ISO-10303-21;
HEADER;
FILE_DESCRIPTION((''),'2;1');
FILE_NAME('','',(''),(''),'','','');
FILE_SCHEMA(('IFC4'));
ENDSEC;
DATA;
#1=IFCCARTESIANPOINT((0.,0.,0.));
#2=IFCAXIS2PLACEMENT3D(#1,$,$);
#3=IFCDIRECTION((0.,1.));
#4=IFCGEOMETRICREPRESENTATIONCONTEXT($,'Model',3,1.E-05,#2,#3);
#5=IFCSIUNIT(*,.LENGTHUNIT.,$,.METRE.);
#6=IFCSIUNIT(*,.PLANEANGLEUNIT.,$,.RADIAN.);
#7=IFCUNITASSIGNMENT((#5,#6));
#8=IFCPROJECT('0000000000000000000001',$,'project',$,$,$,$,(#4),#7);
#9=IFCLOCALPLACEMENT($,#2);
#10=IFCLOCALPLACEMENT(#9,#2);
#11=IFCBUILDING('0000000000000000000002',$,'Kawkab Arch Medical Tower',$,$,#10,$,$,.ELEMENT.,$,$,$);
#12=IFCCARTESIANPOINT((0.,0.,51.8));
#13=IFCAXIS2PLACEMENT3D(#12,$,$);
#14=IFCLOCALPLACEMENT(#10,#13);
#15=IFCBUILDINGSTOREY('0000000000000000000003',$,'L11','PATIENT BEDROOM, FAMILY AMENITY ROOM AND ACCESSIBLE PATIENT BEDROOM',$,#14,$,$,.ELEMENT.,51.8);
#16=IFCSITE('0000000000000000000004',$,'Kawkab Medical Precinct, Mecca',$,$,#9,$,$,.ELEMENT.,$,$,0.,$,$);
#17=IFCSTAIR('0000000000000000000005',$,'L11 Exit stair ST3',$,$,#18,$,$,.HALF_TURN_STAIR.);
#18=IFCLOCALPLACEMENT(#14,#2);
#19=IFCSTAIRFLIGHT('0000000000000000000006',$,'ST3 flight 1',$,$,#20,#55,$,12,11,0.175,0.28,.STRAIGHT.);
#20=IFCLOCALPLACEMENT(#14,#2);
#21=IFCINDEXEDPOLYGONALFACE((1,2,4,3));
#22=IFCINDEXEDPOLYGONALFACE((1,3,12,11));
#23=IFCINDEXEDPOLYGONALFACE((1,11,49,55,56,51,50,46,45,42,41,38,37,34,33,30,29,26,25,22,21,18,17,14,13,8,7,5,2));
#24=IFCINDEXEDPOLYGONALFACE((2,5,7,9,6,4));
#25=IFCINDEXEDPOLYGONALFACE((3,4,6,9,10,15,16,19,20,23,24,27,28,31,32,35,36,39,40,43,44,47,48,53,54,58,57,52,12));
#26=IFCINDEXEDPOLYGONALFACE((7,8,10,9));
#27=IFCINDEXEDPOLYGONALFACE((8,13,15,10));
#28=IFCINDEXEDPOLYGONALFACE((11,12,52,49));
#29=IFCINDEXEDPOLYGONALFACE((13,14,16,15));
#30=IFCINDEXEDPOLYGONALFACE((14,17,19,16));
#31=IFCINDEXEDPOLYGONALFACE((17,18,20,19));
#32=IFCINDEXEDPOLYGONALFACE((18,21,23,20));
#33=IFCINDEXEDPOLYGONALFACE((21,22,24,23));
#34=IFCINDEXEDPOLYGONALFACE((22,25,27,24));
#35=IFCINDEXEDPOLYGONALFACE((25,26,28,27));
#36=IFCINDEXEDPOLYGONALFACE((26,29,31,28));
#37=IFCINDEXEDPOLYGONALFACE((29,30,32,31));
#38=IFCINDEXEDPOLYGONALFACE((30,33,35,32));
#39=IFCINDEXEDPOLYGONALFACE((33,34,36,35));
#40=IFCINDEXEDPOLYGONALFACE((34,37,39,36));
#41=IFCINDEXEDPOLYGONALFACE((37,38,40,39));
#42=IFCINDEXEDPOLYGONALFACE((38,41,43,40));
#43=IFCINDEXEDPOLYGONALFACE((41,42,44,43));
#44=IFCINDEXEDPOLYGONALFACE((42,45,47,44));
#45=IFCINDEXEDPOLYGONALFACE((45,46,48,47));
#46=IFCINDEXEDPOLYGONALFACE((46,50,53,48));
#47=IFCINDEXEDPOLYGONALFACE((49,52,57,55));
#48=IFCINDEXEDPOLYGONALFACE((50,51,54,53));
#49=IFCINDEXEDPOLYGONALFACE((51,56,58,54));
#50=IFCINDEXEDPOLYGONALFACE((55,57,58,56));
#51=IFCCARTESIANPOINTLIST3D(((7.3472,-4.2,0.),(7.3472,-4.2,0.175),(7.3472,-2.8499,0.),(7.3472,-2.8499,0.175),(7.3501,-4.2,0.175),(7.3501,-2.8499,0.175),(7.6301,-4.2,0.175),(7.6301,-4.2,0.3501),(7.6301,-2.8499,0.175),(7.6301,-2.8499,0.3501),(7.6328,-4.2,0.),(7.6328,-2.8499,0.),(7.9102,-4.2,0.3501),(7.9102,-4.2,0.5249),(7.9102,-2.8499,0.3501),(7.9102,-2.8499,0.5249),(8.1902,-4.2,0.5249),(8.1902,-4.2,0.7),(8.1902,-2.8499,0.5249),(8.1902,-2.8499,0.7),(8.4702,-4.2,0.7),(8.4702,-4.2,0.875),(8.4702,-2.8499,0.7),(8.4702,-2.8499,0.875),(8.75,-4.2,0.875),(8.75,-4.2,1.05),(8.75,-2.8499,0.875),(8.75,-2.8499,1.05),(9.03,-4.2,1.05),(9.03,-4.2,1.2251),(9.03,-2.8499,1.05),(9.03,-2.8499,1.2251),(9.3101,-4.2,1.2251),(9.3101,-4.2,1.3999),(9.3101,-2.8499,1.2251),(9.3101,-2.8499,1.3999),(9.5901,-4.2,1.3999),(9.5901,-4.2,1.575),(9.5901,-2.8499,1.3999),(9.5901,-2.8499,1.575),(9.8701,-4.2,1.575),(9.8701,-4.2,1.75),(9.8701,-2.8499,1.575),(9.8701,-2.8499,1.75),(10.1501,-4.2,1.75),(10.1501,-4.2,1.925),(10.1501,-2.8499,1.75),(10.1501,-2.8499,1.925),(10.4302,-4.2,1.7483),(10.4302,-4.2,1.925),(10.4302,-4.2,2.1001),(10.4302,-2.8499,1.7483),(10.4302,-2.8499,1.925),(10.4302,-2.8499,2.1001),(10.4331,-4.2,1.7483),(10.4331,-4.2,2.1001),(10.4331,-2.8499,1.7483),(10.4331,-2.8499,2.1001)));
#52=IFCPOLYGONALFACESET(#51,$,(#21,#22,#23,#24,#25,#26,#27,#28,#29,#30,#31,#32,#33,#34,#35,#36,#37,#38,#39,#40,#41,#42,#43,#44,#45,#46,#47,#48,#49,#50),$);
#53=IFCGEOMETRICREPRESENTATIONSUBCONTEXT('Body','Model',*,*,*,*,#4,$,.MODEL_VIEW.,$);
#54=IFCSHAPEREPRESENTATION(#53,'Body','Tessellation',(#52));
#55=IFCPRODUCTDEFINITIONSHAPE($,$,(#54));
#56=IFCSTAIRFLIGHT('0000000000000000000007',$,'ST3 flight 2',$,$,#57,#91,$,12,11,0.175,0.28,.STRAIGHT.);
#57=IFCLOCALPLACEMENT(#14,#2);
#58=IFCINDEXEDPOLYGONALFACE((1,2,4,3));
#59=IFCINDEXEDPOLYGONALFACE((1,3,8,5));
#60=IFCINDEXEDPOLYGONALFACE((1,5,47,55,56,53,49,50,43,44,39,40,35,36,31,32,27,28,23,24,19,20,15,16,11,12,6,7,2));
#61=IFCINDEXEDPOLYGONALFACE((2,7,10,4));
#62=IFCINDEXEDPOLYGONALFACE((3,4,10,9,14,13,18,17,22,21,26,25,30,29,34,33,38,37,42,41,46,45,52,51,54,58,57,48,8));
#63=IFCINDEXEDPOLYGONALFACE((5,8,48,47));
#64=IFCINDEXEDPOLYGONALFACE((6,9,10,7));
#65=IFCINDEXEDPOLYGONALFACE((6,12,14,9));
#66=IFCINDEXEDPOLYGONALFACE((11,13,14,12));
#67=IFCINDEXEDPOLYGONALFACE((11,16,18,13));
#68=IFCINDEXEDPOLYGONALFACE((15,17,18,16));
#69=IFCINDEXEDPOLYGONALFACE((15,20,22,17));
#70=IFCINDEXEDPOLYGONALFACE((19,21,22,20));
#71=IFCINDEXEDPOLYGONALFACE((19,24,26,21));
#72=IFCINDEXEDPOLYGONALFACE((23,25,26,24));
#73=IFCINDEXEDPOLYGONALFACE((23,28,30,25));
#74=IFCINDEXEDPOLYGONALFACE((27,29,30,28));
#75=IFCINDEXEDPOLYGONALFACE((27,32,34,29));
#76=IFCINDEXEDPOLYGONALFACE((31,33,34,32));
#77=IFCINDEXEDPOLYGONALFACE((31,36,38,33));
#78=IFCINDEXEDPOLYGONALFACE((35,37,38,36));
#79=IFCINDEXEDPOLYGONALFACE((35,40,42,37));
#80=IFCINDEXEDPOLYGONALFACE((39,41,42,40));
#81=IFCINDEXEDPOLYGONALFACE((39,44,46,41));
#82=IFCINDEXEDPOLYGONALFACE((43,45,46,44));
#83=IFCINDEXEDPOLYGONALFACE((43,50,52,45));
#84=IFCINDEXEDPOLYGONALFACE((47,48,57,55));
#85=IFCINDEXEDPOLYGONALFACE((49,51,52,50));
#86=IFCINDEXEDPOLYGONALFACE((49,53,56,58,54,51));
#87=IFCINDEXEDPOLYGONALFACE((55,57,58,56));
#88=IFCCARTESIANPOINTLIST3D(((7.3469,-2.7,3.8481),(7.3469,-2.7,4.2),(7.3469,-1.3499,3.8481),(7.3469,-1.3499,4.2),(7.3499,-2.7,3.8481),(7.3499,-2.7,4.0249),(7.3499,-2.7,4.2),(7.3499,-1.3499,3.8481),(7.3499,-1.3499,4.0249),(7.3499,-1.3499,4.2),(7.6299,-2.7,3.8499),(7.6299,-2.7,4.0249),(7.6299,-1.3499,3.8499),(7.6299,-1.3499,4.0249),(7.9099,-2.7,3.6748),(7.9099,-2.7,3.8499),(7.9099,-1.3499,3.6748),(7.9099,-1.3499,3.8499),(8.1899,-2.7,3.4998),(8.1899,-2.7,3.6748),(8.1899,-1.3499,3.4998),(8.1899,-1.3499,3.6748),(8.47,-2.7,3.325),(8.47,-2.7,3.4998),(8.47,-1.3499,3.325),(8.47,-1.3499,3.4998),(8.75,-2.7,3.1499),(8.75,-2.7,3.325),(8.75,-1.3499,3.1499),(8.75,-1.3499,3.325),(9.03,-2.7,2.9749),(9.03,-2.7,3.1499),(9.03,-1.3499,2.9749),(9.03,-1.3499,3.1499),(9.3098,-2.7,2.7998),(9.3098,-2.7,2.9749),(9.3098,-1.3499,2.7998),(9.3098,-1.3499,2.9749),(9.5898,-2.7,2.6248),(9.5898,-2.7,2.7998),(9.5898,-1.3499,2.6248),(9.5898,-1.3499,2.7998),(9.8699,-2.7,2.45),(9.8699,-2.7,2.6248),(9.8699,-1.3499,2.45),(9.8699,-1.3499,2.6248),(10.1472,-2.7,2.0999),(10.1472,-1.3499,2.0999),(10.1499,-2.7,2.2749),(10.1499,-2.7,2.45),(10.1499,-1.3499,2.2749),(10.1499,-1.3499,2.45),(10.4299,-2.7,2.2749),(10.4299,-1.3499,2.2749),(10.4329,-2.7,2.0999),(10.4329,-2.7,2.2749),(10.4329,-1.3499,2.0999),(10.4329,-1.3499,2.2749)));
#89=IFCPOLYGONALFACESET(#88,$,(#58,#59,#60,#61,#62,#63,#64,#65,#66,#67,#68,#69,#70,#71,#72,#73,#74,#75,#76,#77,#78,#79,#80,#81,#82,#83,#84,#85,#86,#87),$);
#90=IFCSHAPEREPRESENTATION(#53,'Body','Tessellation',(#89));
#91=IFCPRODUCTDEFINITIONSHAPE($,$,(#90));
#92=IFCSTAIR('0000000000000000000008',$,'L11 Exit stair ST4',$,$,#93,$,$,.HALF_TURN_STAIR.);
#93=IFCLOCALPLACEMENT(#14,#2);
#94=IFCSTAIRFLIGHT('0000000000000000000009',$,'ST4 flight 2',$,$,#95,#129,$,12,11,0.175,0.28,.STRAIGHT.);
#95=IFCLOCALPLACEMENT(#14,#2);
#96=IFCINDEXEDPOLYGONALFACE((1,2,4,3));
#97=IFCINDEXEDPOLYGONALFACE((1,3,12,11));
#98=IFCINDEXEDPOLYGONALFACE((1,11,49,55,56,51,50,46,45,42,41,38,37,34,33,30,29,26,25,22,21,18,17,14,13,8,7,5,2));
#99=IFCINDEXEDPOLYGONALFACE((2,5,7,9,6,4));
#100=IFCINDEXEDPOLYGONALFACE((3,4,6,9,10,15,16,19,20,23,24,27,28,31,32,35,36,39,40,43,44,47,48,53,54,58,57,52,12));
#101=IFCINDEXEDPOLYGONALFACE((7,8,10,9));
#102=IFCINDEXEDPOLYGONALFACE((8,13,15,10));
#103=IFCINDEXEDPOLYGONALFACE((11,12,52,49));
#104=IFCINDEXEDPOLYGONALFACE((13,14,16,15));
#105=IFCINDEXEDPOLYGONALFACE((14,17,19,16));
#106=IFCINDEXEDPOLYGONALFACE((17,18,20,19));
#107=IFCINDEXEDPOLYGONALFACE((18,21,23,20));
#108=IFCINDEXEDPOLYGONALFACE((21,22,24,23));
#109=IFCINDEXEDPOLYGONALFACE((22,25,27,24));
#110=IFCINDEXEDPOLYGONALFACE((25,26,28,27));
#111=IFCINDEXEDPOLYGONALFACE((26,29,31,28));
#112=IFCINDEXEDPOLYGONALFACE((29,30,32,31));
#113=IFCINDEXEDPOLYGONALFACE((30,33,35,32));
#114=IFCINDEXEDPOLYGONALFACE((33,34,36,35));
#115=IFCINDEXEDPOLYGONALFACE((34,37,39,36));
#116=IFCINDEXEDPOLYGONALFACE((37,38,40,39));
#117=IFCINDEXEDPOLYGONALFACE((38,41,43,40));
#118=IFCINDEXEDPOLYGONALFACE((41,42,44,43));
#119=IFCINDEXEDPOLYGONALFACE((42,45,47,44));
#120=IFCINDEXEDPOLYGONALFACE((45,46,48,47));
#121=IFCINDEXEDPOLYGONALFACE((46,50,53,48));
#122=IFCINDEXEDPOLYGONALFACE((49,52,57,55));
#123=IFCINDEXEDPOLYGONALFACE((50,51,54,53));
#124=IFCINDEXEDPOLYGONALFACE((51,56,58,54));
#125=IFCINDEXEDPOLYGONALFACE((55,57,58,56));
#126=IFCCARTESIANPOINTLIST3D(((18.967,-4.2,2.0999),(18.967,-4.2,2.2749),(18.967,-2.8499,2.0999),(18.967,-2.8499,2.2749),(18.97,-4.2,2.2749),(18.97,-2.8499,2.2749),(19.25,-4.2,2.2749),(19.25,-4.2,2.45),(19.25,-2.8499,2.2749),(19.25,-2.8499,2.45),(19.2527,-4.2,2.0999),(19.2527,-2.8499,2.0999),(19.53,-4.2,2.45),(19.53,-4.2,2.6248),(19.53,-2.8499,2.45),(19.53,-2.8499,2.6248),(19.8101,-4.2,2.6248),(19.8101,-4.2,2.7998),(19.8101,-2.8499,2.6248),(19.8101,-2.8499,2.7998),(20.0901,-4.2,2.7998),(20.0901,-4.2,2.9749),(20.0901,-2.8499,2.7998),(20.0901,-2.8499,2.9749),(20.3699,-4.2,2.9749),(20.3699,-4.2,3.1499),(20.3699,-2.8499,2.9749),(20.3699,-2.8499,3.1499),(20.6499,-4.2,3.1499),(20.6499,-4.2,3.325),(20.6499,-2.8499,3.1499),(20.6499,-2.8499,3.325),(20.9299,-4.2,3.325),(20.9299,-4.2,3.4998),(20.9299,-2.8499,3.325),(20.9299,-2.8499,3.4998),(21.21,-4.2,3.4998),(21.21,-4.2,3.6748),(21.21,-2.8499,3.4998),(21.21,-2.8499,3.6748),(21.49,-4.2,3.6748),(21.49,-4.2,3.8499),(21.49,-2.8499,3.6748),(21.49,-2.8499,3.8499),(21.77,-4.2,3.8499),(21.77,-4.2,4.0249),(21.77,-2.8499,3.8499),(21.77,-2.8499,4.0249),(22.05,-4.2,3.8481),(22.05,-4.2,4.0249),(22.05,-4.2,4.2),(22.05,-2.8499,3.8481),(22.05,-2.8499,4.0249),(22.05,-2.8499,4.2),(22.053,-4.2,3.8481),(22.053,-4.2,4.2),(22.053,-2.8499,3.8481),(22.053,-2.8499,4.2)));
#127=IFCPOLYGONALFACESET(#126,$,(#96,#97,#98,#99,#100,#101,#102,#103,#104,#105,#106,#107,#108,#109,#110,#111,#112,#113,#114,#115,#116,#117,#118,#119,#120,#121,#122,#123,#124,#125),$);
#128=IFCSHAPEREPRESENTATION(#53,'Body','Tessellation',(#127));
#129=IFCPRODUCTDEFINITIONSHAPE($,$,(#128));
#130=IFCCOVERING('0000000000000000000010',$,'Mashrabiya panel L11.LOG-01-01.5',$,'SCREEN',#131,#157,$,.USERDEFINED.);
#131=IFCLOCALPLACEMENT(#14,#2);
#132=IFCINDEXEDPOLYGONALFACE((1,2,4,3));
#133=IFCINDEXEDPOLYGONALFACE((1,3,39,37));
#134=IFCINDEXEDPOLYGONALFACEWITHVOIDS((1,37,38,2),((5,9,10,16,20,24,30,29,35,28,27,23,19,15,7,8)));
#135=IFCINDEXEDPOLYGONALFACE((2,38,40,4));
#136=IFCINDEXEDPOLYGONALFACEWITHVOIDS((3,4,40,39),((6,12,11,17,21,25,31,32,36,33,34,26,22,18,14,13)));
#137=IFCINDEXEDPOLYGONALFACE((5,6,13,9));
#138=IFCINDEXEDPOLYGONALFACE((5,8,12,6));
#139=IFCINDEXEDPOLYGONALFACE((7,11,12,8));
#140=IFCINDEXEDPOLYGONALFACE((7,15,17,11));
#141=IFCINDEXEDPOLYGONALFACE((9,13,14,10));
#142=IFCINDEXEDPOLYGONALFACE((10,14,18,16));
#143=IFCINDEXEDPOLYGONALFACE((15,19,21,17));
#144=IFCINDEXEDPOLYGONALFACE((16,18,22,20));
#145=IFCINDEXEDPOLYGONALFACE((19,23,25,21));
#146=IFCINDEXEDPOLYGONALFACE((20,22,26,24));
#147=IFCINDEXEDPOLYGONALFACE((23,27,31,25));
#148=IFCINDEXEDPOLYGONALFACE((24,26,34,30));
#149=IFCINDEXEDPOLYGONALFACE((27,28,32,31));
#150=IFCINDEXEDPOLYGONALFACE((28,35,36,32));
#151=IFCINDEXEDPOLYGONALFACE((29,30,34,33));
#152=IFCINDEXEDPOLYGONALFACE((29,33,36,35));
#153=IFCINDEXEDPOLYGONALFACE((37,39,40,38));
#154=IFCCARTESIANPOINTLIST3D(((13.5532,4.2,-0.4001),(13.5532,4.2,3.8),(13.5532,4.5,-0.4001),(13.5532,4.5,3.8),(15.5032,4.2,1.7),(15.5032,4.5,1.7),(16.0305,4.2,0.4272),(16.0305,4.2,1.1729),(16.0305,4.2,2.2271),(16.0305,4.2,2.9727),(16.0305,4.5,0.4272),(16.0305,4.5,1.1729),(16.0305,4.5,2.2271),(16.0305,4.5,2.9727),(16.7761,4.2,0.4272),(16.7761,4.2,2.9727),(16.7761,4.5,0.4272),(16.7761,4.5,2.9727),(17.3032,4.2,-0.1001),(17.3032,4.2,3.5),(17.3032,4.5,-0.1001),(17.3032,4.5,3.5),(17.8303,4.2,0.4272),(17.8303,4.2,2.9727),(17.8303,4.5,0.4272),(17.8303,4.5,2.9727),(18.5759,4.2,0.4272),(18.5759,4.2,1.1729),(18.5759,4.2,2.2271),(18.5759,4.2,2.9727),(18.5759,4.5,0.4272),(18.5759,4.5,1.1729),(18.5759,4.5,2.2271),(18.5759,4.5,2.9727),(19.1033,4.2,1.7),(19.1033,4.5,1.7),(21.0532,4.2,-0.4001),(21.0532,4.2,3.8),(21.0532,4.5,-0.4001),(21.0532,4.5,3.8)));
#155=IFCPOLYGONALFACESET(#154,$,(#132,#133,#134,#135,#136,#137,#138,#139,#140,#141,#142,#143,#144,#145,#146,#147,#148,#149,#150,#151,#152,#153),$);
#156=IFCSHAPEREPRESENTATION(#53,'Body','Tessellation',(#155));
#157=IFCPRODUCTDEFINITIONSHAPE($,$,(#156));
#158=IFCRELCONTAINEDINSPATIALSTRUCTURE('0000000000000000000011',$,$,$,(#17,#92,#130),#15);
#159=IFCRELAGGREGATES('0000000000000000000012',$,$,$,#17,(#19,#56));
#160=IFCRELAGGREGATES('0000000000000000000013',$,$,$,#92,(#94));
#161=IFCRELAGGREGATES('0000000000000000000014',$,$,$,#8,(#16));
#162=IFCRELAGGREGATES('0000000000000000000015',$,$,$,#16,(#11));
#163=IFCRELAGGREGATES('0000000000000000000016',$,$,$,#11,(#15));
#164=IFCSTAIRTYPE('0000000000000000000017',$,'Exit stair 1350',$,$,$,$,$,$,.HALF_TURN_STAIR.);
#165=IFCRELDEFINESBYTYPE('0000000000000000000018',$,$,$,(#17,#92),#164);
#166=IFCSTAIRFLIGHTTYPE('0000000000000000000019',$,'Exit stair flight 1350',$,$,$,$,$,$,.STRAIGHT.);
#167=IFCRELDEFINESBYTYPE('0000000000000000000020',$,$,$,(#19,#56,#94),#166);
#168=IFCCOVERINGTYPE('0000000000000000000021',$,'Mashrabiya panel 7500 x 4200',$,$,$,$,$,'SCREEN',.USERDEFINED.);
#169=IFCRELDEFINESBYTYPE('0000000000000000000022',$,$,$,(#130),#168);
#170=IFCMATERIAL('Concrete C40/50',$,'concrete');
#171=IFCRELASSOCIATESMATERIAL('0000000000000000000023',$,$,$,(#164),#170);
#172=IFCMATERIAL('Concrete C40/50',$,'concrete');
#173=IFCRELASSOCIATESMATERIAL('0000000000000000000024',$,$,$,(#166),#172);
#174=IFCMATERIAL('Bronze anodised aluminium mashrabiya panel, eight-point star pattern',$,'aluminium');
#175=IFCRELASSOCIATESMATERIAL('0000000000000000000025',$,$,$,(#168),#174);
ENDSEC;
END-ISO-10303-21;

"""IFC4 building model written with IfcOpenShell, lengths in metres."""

from ifc_helpers import new_model, si_unit, direction, frame, origin, place, context, subcontext, project, spatial, polyline, outline, extrude, material, material_profile, profile_set, type_object, element, aggregate, save


model = new_model("IFC4")

# Units and contexts
model_context = context("Model", 3, precision=1e-05, world=origin(), true_north=direction((0.0, 1.0)))
body_context = subcontext(model_context, "Body", "Model", "MODEL_VIEW")
ifc_project = project(units=[si_unit("LENGTHUNIT", "METRE"), si_unit("PLANEANGLEUNIT", "RADIAN")], contexts=[model_context])

# Site, building, storey
site_placement = place(None, origin())
site = spatial("IfcSite", under=ifc_project, at=site_placement, Name="Kawkab Medical Precinct, Mecca", CompositionType="ELEMENT", RefElevation=0.0)
building_placement = place(site_placement, origin())
building = spatial("IfcBuilding", under=site, at=building_placement, Name="Kawkab Arch Medical Tower", CompositionType="ELEMENT")
storey_placement = place(building_placement, frame((0.0, 0.0, 51.8)))
storey = spatial("IfcBuildingStorey", under=building, at=storey_placement, Name="L11", Description="PATIENT BEDROOM, FAMILY AMENITY ROOM AND ACCESSIBLE PATIENT BEDROOM", CompositionType="ELEMENT", Elevation=51.8)

# Shared definitions
placement = place(storey_placement, origin())

# Stair, stair flights
ifc_material_1 = material(Name="Concrete C40/50", Category="concrete")
stair_type = type_object("IfcStairType", Name="Exit stair 1350", PredefinedType="HALF_TURN_STAIR", material=ifc_material_1)
stair_1 = element("IfcStair", 1, at=placement, inside=storey, type_object=stair_type, Name="L11 Exit stair ST3", PredefinedType="HALF_TURN_STAIR")
ifc_material_2 = material(Name="Concrete C40/50", Category="concrete")
stair_flight_type = type_object("IfcStairFlightType", Name="Exit stair flight 1350", PredefinedType="STRAIGHT", material=ifc_material_2)
stair_flight_1_placement = place(storey_placement, frame((7.3501, -3.5249, 0.0), z_axis=(0.0, 0.0, 1.0), x_axis=(1.0, 0.0, 0.0)))
stair_flight_1 = element("IfcStairFlight", 2, at=stair_flight_1_placement, type_object=stair_flight_type, Name="ST3 flight 1", NumberOfRisers=12, NumberOfTreads=11, PredefinedType="STRAIGHT", RiserHeight=0.175, TreadLength=0.28, context=body_context, shape_type="SweptSolid", body=[
    extrude(outline(polyline([(-0.0029, 0.0), (-0.0029, 0.175), (0.0, 0.175), (0.28, 0.175), (0.28, 0.3501), (0.5601, 0.3501), (0.5601, 0.5249), (0.8401, 0.5249), (0.8401, 0.7), (1.1201, 0.7), (1.1201, 0.875), (1.3999, 0.875), (1.3999, 1.05), (1.6799, 1.05), (1.6799, 1.2251), (1.96, 1.2251), (1.96, 1.3999), (2.24, 1.3999), (2.24, 1.575), (2.52, 1.575), (2.52, 1.75), (2.8, 1.75), (2.8, 1.925), (3.0801, 1.925), (3.0801, 2.1001), (3.083, 2.1001), (3.083, 1.7483), (3.0801, 1.7483), (0.2827, 0.0), (-0.0029, 0.0)])), frame((0.0, 0.675, 0.0), z_axis=(0.0, -1.0, 0.0), x_axis=(1.0, 0.0, 0.0)), (0.0, 0.0, 1.0), 1.3501),
])
stair_flight_2_placement = place(storey_placement, frame((10.4299, -2.0249, 2.0999), z_axis=(0.0, 0.0, 1.0), x_axis=(-1.0, 0.0, 0.0)))
stair_flight_2 = element("IfcStairFlight", 3, at=stair_flight_2_placement, type_object=stair_flight_type, Name="ST3 flight 2", NumberOfRisers=12, NumberOfTreads=11, PredefinedType="STRAIGHT", RiserHeight=0.175, TreadLength=0.28, context=body_context, shape_type="SweptSolid", body=[
    extrude(outline(polyline([(-0.0029, 0.0), (-0.0029, 0.175), (0.0, 0.175), (0.28, 0.175), (0.28, 0.3501), (0.5601, 0.3501), (0.5601, 0.5249), (0.8401, 0.5249), (0.8401, 0.7), (1.1201, 0.7), (1.1201, 0.875), (1.3999, 0.875), (1.3999, 1.05), (1.6799, 1.05), (1.6799, 1.2251), (1.96, 1.2251), (1.96, 1.3999), (2.24, 1.3999), (2.24, 1.575), (2.52, 1.575), (2.52, 1.75), (2.8, 1.75), (2.8, 1.925), (3.0801, 1.925), (3.0801, 2.1001), (3.083, 2.1001), (3.083, 1.7483), (3.0801, 1.7483), (0.2827, 0.0), (-0.0029, 0.0)])), frame((0.0, 0.675, 0.0), z_axis=(0.0, -1.0, 0.0), x_axis=(1.0, 0.0, 0.0)), (0.0, 0.0, 1.0), 1.3501),
])
aggregate(stair_1, [stair_flight_1, stair_flight_2])

# Stair, stair flight
stair_2 = element("IfcStair", 4, at=placement, inside=storey, type_object=stair_type, Name="L11 Exit stair ST4", PredefinedType="HALF_TURN_STAIR")
stair_flight_3_placement = place(storey_placement, frame((18.97, -3.5249, 2.0999), z_axis=(0.0, 0.0, 1.0), x_axis=(1.0, 0.0, 0.0)))
stair_flight_3 = element("IfcStairFlight", 5, at=stair_flight_3_placement, type_object=stair_flight_type, Name="ST4 flight 2", NumberOfRisers=12, NumberOfTreads=11, PredefinedType="STRAIGHT", RiserHeight=0.175, TreadLength=0.28, context=body_context, shape_type="SweptSolid", body=[
    extrude(outline(polyline([(-0.0029, 0.0), (-0.0029, 0.175), (0.0, 0.175), (0.28, 0.175), (0.28, 0.3501), (0.5601, 0.3501), (0.5601, 0.5249), (0.8401, 0.5249), (0.8401, 0.7), (1.1201, 0.7), (1.1201, 0.875), (1.3999, 0.875), (1.3999, 1.05), (1.6799, 1.05), (1.6799, 1.2251), (1.96, 1.2251), (1.96, 1.3999), (2.24, 1.3999), (2.24, 1.575), (2.52, 1.575), (2.52, 1.75), (2.8, 1.75), (2.8, 1.925), (3.0801, 1.925), (3.0801, 2.1001), (3.083, 2.1001), (3.083, 1.7483), (3.0801, 1.7483), (0.2827, 0.0), (-0.0029, 0.0)])), frame((0.0, 0.675, 0.0), z_axis=(0.0, -1.0, 0.0), x_axis=(1.0, 0.0, 0.0)), (0.0, 0.0, 1.0), 1.3501),
])
aggregate(stair_2, [stair_flight_3])

# Covering
ifc_material_3 = material(Name="Bronze anodised aluminium mashrabiya panel, eight-point star pattern", Category="aluminium")
ifc_material_profile_1 = material_profile(ifc_material_3, outline(polyline([(-3.75, -2.1001), (3.75, -2.1001), (3.75, 2.1001), (-3.75, 2.1001), (-3.75, -2.1001)]), holes=[polyline([(1.8, 0.0), (1.2727, 0.5271), (1.2727, 1.2727), (0.5271, 1.2727), (0.0, 1.8), (-0.5271, 1.2727), (-1.2727, 1.2727), (-1.2727, 0.5271), (-1.8, 0.0), (-1.2727, -0.5271), (-1.2727, -1.2727), (-0.5271, -1.2727), (0.0, -1.8), (0.5271, -1.2727), (1.2727, -1.2727), (1.2727, -0.5271), (1.8, 0.0)])]), Name="Mashrabiya panel 7500x4200")
ifc_profile_set_1 = profile_set([ifc_material_profile_1], Name="Bronze anodised aluminium mashrabiya panel, eight-point star pattern")
covering_type = type_object("IfcCoveringType", Name="Mashrabiya panel 7500 x 4200", ElementType="SCREEN", PredefinedType="USERDEFINED", material=ifc_profile_set_1)
covering_placement = place(storey_placement, frame((17.3032, 4.2, 1.7), z_axis=(0.0, 1.0, 0.0), x_axis=(-1.0, 0.0, 0.0)))
element("IfcCovering", 6, at=covering_placement, inside=storey, type_object=covering_type, Name="Mashrabiya panel L11.LOG-01-01.5", ObjectType="SCREEN", PredefinedType="USERDEFINED", context=body_context, shape_type="SweptSolid", body=[
    extrude(outline(polyline([(-3.75, -2.1001), (3.75, -2.1001), (3.75, 2.1001), (-3.75, 2.1001), (-3.75, -2.1001)]), holes=[polyline([(1.8, 0.0), (1.2727, 0.5271), (1.2727, 1.2727), (0.5271, 1.2727), (0.0, 1.8), (-0.5271, 1.2727), (-1.2727, 1.2727), (-1.2727, 0.5271), (-1.8, 0.0), (-1.2727, -0.5271), (-1.2727, -1.2727), (-0.5271, -1.2727), (0.0, -1.8), (0.5271, -1.2727), (1.2727, -1.2727), (1.2727, -0.5271), (1.8, 0.0)])]), origin(), (0.0, 0.0, 1.0), 0.3),
])

save(model, "model.ifc")
